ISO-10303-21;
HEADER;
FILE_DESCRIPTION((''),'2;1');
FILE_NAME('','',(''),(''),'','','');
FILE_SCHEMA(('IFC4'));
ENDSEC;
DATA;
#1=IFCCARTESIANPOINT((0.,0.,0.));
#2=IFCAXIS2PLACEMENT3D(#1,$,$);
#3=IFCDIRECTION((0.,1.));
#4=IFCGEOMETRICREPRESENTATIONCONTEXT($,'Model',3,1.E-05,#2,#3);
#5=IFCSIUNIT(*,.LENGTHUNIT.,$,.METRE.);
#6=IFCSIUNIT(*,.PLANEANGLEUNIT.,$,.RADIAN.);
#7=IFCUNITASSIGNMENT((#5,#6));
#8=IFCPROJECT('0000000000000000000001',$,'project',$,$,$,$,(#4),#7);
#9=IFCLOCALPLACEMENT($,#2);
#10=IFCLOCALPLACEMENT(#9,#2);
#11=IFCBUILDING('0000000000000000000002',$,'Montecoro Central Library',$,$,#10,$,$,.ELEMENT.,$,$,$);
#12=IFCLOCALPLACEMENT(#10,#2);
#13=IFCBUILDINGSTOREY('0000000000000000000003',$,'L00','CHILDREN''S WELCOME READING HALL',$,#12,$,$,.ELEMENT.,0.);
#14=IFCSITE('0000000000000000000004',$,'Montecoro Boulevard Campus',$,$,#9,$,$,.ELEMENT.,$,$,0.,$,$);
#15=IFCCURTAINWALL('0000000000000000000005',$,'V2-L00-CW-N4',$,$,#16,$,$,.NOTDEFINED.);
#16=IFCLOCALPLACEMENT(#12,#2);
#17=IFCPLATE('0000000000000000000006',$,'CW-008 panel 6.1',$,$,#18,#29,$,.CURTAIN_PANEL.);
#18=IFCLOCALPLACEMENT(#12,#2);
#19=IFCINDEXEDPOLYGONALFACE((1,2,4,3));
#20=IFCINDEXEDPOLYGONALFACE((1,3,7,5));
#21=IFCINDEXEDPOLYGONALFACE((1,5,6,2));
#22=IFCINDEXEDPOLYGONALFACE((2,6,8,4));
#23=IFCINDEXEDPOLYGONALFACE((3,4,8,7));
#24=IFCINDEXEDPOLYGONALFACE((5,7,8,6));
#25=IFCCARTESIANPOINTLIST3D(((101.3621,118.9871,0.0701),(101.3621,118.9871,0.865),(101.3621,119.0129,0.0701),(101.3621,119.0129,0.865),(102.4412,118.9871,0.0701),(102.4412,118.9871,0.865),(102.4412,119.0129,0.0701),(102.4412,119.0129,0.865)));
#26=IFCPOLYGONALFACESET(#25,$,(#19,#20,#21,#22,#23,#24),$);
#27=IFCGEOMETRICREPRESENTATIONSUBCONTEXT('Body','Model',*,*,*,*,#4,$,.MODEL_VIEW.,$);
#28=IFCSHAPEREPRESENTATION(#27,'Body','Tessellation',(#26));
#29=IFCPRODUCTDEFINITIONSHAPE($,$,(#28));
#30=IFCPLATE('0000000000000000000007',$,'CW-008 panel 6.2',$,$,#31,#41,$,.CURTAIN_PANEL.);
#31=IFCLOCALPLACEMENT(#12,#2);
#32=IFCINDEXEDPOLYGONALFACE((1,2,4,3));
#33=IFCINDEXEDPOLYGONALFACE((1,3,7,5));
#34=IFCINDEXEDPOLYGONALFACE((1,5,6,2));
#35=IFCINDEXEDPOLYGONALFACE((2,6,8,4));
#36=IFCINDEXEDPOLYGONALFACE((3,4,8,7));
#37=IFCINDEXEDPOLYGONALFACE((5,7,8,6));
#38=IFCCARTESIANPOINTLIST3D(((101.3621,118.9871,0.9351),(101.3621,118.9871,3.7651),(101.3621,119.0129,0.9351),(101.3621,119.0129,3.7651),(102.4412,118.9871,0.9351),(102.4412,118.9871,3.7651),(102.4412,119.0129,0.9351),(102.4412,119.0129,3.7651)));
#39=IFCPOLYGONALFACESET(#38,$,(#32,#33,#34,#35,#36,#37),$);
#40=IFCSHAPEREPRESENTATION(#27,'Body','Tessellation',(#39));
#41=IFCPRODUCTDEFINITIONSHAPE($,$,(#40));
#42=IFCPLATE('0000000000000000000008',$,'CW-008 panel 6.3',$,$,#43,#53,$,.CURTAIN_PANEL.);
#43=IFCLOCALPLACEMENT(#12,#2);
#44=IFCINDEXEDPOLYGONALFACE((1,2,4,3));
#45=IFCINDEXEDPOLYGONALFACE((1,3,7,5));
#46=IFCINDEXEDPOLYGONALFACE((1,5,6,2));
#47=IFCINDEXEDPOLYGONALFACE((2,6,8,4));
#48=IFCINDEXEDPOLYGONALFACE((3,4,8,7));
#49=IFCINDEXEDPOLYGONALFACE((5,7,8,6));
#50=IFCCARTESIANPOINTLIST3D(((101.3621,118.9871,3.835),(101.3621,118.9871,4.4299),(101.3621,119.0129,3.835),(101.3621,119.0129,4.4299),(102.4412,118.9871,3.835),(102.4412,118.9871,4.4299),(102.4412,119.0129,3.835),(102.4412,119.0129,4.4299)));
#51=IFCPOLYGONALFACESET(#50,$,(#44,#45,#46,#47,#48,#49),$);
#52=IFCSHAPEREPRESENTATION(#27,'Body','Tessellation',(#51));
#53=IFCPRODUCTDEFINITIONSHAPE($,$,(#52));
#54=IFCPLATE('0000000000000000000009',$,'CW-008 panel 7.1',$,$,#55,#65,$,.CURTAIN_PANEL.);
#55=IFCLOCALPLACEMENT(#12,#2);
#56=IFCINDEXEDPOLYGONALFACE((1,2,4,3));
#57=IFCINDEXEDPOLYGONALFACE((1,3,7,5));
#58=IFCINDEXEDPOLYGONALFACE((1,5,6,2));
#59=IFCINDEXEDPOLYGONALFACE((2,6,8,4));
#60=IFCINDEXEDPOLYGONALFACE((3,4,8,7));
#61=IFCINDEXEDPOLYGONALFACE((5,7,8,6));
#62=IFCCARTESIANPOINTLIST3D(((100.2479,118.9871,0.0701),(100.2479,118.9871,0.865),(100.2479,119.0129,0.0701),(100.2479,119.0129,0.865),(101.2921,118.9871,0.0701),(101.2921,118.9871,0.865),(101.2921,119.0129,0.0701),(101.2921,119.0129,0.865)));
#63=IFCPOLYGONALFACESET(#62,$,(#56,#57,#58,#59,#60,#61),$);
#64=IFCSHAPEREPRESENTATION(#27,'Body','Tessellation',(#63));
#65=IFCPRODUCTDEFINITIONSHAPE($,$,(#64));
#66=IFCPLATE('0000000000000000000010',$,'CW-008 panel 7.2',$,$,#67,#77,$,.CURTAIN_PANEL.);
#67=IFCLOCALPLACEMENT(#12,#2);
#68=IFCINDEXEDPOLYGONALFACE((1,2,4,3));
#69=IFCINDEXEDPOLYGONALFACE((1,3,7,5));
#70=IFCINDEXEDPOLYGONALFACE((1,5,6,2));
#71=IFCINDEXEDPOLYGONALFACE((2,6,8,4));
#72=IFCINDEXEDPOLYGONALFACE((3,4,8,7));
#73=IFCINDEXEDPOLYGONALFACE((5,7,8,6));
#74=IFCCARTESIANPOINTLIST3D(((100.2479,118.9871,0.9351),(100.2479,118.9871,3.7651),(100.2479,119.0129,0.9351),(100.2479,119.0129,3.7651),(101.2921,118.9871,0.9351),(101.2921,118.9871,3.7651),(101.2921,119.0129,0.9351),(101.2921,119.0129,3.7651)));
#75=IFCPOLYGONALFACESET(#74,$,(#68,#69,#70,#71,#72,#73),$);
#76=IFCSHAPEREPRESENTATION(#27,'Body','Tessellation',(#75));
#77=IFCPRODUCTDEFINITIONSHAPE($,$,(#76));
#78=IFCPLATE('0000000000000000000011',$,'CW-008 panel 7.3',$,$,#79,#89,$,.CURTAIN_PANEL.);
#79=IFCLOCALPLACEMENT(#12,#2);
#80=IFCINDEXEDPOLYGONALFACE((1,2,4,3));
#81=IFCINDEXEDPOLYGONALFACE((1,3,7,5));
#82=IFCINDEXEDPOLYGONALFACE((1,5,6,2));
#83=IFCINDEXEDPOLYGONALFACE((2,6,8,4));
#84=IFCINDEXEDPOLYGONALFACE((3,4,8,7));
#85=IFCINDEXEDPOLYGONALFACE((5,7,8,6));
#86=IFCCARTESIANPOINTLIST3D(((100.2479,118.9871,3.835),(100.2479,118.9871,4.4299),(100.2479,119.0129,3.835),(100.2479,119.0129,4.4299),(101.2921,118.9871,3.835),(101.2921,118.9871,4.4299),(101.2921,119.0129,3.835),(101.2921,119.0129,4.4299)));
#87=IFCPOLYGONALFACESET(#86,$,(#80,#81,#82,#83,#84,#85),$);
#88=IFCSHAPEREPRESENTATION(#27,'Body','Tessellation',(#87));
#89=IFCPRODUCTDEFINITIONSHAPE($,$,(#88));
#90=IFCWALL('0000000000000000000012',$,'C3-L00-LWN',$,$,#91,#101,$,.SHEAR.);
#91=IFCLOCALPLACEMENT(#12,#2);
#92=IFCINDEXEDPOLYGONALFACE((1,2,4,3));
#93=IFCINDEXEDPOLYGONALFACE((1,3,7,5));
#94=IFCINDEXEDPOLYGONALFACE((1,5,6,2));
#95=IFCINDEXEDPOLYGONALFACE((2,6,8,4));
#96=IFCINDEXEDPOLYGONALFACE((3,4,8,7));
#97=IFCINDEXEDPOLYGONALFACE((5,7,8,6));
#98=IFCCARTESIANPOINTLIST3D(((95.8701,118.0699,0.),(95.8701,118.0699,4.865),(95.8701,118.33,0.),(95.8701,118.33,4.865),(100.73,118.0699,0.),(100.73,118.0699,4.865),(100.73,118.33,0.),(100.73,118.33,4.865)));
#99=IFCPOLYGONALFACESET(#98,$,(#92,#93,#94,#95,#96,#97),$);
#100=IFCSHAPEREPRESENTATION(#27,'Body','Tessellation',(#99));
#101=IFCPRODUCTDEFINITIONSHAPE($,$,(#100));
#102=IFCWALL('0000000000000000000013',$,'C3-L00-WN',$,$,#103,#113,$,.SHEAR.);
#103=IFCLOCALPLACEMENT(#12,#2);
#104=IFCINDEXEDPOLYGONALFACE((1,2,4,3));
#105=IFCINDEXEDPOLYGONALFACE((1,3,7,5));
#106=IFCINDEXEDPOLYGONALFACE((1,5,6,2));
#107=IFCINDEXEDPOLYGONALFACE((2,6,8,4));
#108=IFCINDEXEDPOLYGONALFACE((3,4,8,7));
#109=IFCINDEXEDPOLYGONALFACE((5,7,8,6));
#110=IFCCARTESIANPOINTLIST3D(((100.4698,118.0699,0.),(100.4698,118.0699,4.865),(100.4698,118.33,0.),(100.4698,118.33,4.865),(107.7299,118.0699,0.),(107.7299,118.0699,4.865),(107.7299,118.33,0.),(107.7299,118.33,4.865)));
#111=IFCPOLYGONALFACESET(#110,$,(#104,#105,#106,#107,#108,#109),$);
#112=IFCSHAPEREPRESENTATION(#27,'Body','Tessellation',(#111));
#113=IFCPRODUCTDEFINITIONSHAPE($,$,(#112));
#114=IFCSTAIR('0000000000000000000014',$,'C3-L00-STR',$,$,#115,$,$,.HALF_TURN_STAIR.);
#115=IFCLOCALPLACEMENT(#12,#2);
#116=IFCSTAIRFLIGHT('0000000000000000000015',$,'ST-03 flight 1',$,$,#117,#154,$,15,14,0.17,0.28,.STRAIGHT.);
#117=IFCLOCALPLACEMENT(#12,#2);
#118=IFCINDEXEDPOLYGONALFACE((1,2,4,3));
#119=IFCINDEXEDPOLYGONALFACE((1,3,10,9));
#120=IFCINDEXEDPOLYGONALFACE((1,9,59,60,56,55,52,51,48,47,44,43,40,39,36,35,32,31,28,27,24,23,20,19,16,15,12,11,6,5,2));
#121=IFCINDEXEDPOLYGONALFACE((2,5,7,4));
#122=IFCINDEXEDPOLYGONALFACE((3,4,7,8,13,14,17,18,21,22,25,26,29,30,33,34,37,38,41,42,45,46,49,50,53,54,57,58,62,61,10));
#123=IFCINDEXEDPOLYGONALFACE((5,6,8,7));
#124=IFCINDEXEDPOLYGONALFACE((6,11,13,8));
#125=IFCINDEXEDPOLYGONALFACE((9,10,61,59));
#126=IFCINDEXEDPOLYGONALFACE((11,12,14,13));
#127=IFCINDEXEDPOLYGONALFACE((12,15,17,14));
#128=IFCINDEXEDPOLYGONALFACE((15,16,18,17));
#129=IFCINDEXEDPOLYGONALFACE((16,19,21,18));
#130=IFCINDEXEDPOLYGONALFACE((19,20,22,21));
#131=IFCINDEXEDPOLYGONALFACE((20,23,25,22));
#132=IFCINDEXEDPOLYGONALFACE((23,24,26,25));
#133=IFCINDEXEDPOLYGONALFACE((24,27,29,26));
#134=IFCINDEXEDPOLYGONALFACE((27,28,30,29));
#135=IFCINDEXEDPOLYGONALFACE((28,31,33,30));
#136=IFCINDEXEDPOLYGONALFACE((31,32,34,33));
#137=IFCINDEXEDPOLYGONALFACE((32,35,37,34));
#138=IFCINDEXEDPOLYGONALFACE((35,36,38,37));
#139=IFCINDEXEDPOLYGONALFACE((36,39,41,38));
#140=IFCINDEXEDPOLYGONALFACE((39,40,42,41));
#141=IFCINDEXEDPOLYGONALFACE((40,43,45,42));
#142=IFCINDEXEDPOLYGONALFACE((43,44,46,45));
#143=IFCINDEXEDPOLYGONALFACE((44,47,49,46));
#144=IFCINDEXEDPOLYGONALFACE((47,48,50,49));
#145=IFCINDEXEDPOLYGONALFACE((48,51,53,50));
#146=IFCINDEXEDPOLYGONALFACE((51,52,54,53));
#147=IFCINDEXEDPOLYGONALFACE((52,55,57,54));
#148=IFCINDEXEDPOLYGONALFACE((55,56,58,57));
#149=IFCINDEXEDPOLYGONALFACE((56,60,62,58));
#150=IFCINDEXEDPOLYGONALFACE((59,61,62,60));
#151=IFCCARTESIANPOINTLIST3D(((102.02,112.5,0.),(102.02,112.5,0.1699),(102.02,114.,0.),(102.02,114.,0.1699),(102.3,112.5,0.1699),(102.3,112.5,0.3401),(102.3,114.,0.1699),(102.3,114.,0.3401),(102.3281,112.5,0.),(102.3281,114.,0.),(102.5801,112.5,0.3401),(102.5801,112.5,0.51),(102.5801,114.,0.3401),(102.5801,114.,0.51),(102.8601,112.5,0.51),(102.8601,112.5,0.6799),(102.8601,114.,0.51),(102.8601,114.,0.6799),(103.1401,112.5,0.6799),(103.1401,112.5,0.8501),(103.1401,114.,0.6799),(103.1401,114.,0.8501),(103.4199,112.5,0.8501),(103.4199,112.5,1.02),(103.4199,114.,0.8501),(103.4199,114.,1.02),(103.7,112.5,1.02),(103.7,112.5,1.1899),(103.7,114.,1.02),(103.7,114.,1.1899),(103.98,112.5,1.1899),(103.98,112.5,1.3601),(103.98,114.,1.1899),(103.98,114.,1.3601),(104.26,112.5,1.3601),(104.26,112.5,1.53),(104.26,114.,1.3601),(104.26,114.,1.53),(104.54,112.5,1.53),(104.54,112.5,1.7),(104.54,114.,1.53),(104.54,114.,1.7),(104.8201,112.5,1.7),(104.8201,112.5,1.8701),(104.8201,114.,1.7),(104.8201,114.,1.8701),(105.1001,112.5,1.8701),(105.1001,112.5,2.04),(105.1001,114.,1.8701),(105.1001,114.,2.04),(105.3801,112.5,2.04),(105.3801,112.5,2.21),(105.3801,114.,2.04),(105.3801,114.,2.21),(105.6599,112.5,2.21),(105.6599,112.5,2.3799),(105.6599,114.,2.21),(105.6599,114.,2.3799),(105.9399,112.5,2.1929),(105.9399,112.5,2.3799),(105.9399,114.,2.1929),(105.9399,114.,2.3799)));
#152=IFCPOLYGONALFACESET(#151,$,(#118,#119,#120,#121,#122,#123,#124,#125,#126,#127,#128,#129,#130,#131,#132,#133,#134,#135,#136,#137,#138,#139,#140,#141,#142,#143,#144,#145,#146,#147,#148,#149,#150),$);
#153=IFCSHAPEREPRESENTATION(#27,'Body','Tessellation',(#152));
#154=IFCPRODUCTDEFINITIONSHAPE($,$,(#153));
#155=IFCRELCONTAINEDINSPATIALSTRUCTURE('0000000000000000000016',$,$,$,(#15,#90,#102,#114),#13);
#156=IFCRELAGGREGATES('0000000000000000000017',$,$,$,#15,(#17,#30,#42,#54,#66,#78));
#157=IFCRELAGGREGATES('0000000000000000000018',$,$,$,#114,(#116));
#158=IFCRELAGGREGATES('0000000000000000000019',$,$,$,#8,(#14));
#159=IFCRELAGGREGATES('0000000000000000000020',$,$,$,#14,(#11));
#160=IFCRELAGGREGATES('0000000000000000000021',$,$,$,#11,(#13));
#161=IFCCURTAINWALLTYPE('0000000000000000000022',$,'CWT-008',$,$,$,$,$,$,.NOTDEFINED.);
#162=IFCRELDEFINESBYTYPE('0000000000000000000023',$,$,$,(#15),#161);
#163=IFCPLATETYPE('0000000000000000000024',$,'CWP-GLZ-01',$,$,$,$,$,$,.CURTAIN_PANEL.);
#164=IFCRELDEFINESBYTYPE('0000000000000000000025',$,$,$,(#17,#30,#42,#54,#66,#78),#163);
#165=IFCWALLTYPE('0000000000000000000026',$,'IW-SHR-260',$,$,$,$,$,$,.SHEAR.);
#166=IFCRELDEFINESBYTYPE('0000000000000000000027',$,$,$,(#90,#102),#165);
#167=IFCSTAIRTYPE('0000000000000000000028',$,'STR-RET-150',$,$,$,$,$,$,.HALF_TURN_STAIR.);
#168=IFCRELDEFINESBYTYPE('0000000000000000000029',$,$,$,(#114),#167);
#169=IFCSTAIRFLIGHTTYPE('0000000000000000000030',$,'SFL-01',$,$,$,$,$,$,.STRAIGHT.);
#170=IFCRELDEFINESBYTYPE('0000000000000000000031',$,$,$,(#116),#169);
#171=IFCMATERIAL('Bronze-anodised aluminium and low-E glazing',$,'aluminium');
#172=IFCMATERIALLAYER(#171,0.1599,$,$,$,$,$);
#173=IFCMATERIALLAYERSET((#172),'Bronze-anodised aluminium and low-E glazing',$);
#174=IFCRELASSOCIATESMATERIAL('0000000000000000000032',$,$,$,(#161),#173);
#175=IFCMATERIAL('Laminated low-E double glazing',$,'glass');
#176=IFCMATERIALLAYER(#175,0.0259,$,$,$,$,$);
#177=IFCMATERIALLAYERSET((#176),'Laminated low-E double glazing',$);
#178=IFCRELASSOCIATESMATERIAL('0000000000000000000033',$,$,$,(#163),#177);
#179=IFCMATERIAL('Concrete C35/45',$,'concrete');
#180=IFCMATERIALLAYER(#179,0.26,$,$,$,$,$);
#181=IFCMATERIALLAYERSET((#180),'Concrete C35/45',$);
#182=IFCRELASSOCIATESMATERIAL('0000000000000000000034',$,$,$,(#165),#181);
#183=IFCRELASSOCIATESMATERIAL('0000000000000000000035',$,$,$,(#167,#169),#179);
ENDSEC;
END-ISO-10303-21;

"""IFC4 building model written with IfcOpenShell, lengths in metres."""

from ifc_helpers import new_model, si_unit, direction, frame, frame_2d, origin, origin_2d, place, context, subcontext, project, spatial, polyline, rectangle, outline, extrude, material, layer, layer_set, type_object, element, aggregate, save


model = new_model("IFC4")

# Units and contexts
model_context = context("Model", 3, precision=1e-05, world=origin(), true_north=direction((0.0, 1.0)))
body_context = subcontext(model_context, "Body", "Model", "MODEL_VIEW")
ifc_project = project(units=[si_unit("LENGTHUNIT", "METRE"), si_unit("PLANEANGLEUNIT", "RADIAN")], contexts=[model_context])

# Site, building, storey
site_placement = place(None, origin())
site = spatial("IfcSite", under=ifc_project, at=site_placement, Name="Montecoro Boulevard Campus", CompositionType="ELEMENT", RefElevation=0.0)
building_placement = place(site_placement, origin())
building = spatial("IfcBuilding", under=site, at=building_placement, Name="Montecoro Central Library", CompositionType="ELEMENT")
storey_placement = place(building_placement, origin())
storey = spatial("IfcBuildingStorey", under=building, at=storey_placement, Name="L00", Description="CHILDREN'S WELCOME READING HALL", CompositionType="ELEMENT", Elevation=0.0)

# Shared definitions
ifc_material_1 = material(Name="Concrete C35/45", Category="concrete")

# Curtain wall, plates
ifc_material_2 = material(Name="Bronze-anodised aluminium and low-E glazing", Category="aluminium")
ifc_layer_1 = layer(ifc_material_2, 0.1599)
ifc_layer_set_1 = layer_set([ifc_layer_1], Name="Bronze-anodised aluminium and low-E glazing")
curtain_wall_type = type_object("IfcCurtainWallType", Name="CWT-008", PredefinedType="NOTDEFINED", material=ifc_layer_set_1)
curtain_wall_placement = place(storey_placement, origin())
curtain_wall = element("IfcCurtainWall", 1, at=curtain_wall_placement, inside=storey, type_object=curtain_wall_type, Name="V2-L00-CW-N4", PredefinedType="NOTDEFINED")
ifc_material_3 = material(Name="Laminated low-E double glazing", Category="glass")
ifc_layer_2 = layer(ifc_material_3, 0.0259)
ifc_layer_set_2 = layer_set([ifc_layer_2], Name="Laminated low-E double glazing")
plate_type = type_object("IfcPlateType", Name="CWP-GLZ-01", PredefinedType="CURTAIN_PANEL", material=ifc_layer_set_2)
plate_1_placement = place(storey_placement, frame((101.9016, 119.0, 0.0701), z_axis=(0.0, 0.0, 1.0), x_axis=(-1.0, 0.0, 0.0)))
plate_1 = element("IfcPlate", 2, at=plate_1_placement, type_object=plate_type, Name="CW-008 panel 6.1", PredefinedType="CURTAIN_PANEL", context=body_context, shape_type="SweptSolid", body=[
    extrude(rectangle(XDim=1.0791, YDim=0.0259, at=origin_2d()), origin(), (0.0, 0.0, 1.0), 0.7949),
])
plate_2_placement = place(storey_placement, frame((101.9016, 119.0, 0.9351), z_axis=(0.0, 0.0, 1.0), x_axis=(-1.0, 0.0, 0.0)))
plate_2 = element("IfcPlate", 3, at=plate_2_placement, type_object=plate_type, Name="CW-008 panel 6.2", PredefinedType="CURTAIN_PANEL", context=body_context, shape_type="SweptSolid", body=[
    extrude(rectangle(XDim=1.0791, YDim=0.0259, at=origin_2d()), origin(), (0.0, 0.0, 1.0), 2.8301),
])
plate_3_placement = place(storey_placement, frame((101.9016, 119.0, 3.835), z_axis=(0.0, 0.0, 1.0), x_axis=(-1.0, 0.0, 0.0)))
plate_3 = element("IfcPlate", 4, at=plate_3_placement, type_object=plate_type, Name="CW-008 panel 6.3", PredefinedType="CURTAIN_PANEL", context=body_context, shape_type="SweptSolid", body=[
    extrude(rectangle(XDim=1.0791, YDim=0.0259, at=origin_2d()), origin(), (0.0, 0.0, 1.0), 0.595),
])
plate_4_placement = place(storey_placement, frame((100.77, 119.0, 0.0701), z_axis=(0.0, 0.0, 1.0), x_axis=(-1.0, 0.0, 0.0)))
plate_4 = element("IfcPlate", 5, at=plate_4_placement, type_object=plate_type, Name="CW-008 panel 7.1", PredefinedType="CURTAIN_PANEL", context=body_context, shape_type="SweptSolid", body=[
    extrude(rectangle(XDim=1.0442, YDim=0.0259, at=origin_2d()), origin(), (0.0, 0.0, 1.0), 0.7949),
])
plate_5_placement = place(storey_placement, frame((100.77, 119.0, 0.9351), z_axis=(0.0, 0.0, 1.0), x_axis=(-1.0, 0.0, 0.0)))
plate_5 = element("IfcPlate", 6, at=plate_5_placement, type_object=plate_type, Name="CW-008 panel 7.2", PredefinedType="CURTAIN_PANEL", context=body_context, shape_type="SweptSolid", body=[
    extrude(rectangle(XDim=1.0442, YDim=0.0259, at=origin_2d()), origin(), (0.0, 0.0, 1.0), 2.8301),
])
plate_6_placement = place(storey_placement, frame((100.77, 119.0, 3.835), z_axis=(0.0, 0.0, 1.0), x_axis=(-1.0, 0.0, 0.0)))
plate_6 = element("IfcPlate", 7, at=plate_6_placement, type_object=plate_type, Name="CW-008 panel 7.3", PredefinedType="CURTAIN_PANEL", context=body_context, shape_type="SweptSolid", body=[
    extrude(rectangle(XDim=1.0442, YDim=0.0259, at=origin_2d()), origin(), (0.0, 0.0, 1.0), 0.595),
])
aggregate(curtain_wall, [plate_1, plate_2, plate_3, plate_4, plate_5, plate_6])

# Walls
ifc_layer_3 = layer(ifc_material_1, 0.26)
ifc_layer_set_3 = layer_set([ifc_layer_3], Name="Concrete C35/45")
wall_type = type_object("IfcWallType", Name="IW-SHR-260", PredefinedType="SHEAR", material=ifc_layer_set_3)
wall_1_placement = place(storey_placement, frame((100.73, 118.2, 0.0), z_axis=(0.0, 0.0, 1.0), x_axis=(-1.0, 0.0, 0.0)))
element("IfcWall", 8, at=wall_1_placement, inside=storey, type_object=wall_type, Name="C3-L00-LWN", PredefinedType="SHEAR", context=body_context, shape_type="SweptSolid", body=[
    extrude(rectangle(XDim=4.8599, YDim=0.26, at=frame_2d((2.4299, 0.0))), origin(), (0.0, 0.0, 1.0), 4.865),
])
wall_2_placement = place(storey_placement, frame((100.47, 118.2, 0.0), z_axis=(0.0, 0.0, 1.0), x_axis=(1.0, 0.0, 0.0)))
element("IfcWall", 9, at=wall_2_placement, inside=storey, type_object=wall_type, Name="C3-L00-WN", PredefinedType="SHEAR", context=body_context, shape_type="SweptSolid", body=[
    extrude(rectangle(XDim=7.26, YDim=0.26, at=frame_2d((3.6299, 0.0))), origin(), (0.0, 0.0, 1.0), 4.865),
])

# Stair, stair flight
stair_type = type_object("IfcStairType", Name="STR-RET-150", PredefinedType="HALF_TURN_STAIR", material=ifc_material_1)
stair_placement = place(storey_placement, origin())
stair = element("IfcStair", 10, at=stair_placement, inside=storey, type_object=stair_type, Name="C3-L00-STR", PredefinedType="HALF_TURN_STAIR")
stair_flight_type = type_object("IfcStairFlightType", Name="SFL-01", PredefinedType="STRAIGHT", material=ifc_material_1)
stair_flight_1_placement = place(storey_placement, frame((102.02, 113.25, 0.0), z_axis=(0.0, 0.0, 1.0), x_axis=(1.0, 0.0, 0.0)))
stair_flight_1 = element("IfcStairFlight", 11, at=stair_flight_1_placement, type_object=stair_flight_type, Name="ST-03 flight 1", NumberOfRisers=15, NumberOfTreads=14, PredefinedType="STRAIGHT", RiserHeight=0.17, TreadLength=0.28, context=body_context, shape_type="SweptSolid", body=[
    extrude(outline(polyline([(0.0, 0.0), (0.0, 0.1699), (0.28, 0.1699), (0.28, 0.3401), (0.5601, 0.3401), (0.5601, 0.51), (0.8401, 0.51), (0.8401, 0.6799), (1.1201, 0.6799), (1.1201, 0.8501), (1.3999, 0.8501), (1.3999, 1.02), (1.6799, 1.02), (1.6799, 1.1899), (1.96, 1.1899), (1.96, 1.3601), (2.24, 1.3601), (2.24, 1.53), (2.52, 1.53), (2.52, 1.7), (2.8, 1.7), (2.8, 1.8701), (3.0801, 1.8701), (3.0801, 2.04), (3.3601, 2.04), (3.3601, 2.21), (3.6399, 2.21), (3.6399, 2.3799), (3.9199, 2.3799), (3.9199, 2.55), (3.9199, 2.1929), (0.3081, 0.0), (0.0, 0.0)])), frame((0.0, 0.75, 0.0), z_axis=(0.0, -1.0, 0.0), x_axis=(1.0, 0.0, 0.0)), (0.0, 0.0, 1.0), 1.5),
])
aggregate(stair, [stair_flight_1])

save(model, "model.ifc")
